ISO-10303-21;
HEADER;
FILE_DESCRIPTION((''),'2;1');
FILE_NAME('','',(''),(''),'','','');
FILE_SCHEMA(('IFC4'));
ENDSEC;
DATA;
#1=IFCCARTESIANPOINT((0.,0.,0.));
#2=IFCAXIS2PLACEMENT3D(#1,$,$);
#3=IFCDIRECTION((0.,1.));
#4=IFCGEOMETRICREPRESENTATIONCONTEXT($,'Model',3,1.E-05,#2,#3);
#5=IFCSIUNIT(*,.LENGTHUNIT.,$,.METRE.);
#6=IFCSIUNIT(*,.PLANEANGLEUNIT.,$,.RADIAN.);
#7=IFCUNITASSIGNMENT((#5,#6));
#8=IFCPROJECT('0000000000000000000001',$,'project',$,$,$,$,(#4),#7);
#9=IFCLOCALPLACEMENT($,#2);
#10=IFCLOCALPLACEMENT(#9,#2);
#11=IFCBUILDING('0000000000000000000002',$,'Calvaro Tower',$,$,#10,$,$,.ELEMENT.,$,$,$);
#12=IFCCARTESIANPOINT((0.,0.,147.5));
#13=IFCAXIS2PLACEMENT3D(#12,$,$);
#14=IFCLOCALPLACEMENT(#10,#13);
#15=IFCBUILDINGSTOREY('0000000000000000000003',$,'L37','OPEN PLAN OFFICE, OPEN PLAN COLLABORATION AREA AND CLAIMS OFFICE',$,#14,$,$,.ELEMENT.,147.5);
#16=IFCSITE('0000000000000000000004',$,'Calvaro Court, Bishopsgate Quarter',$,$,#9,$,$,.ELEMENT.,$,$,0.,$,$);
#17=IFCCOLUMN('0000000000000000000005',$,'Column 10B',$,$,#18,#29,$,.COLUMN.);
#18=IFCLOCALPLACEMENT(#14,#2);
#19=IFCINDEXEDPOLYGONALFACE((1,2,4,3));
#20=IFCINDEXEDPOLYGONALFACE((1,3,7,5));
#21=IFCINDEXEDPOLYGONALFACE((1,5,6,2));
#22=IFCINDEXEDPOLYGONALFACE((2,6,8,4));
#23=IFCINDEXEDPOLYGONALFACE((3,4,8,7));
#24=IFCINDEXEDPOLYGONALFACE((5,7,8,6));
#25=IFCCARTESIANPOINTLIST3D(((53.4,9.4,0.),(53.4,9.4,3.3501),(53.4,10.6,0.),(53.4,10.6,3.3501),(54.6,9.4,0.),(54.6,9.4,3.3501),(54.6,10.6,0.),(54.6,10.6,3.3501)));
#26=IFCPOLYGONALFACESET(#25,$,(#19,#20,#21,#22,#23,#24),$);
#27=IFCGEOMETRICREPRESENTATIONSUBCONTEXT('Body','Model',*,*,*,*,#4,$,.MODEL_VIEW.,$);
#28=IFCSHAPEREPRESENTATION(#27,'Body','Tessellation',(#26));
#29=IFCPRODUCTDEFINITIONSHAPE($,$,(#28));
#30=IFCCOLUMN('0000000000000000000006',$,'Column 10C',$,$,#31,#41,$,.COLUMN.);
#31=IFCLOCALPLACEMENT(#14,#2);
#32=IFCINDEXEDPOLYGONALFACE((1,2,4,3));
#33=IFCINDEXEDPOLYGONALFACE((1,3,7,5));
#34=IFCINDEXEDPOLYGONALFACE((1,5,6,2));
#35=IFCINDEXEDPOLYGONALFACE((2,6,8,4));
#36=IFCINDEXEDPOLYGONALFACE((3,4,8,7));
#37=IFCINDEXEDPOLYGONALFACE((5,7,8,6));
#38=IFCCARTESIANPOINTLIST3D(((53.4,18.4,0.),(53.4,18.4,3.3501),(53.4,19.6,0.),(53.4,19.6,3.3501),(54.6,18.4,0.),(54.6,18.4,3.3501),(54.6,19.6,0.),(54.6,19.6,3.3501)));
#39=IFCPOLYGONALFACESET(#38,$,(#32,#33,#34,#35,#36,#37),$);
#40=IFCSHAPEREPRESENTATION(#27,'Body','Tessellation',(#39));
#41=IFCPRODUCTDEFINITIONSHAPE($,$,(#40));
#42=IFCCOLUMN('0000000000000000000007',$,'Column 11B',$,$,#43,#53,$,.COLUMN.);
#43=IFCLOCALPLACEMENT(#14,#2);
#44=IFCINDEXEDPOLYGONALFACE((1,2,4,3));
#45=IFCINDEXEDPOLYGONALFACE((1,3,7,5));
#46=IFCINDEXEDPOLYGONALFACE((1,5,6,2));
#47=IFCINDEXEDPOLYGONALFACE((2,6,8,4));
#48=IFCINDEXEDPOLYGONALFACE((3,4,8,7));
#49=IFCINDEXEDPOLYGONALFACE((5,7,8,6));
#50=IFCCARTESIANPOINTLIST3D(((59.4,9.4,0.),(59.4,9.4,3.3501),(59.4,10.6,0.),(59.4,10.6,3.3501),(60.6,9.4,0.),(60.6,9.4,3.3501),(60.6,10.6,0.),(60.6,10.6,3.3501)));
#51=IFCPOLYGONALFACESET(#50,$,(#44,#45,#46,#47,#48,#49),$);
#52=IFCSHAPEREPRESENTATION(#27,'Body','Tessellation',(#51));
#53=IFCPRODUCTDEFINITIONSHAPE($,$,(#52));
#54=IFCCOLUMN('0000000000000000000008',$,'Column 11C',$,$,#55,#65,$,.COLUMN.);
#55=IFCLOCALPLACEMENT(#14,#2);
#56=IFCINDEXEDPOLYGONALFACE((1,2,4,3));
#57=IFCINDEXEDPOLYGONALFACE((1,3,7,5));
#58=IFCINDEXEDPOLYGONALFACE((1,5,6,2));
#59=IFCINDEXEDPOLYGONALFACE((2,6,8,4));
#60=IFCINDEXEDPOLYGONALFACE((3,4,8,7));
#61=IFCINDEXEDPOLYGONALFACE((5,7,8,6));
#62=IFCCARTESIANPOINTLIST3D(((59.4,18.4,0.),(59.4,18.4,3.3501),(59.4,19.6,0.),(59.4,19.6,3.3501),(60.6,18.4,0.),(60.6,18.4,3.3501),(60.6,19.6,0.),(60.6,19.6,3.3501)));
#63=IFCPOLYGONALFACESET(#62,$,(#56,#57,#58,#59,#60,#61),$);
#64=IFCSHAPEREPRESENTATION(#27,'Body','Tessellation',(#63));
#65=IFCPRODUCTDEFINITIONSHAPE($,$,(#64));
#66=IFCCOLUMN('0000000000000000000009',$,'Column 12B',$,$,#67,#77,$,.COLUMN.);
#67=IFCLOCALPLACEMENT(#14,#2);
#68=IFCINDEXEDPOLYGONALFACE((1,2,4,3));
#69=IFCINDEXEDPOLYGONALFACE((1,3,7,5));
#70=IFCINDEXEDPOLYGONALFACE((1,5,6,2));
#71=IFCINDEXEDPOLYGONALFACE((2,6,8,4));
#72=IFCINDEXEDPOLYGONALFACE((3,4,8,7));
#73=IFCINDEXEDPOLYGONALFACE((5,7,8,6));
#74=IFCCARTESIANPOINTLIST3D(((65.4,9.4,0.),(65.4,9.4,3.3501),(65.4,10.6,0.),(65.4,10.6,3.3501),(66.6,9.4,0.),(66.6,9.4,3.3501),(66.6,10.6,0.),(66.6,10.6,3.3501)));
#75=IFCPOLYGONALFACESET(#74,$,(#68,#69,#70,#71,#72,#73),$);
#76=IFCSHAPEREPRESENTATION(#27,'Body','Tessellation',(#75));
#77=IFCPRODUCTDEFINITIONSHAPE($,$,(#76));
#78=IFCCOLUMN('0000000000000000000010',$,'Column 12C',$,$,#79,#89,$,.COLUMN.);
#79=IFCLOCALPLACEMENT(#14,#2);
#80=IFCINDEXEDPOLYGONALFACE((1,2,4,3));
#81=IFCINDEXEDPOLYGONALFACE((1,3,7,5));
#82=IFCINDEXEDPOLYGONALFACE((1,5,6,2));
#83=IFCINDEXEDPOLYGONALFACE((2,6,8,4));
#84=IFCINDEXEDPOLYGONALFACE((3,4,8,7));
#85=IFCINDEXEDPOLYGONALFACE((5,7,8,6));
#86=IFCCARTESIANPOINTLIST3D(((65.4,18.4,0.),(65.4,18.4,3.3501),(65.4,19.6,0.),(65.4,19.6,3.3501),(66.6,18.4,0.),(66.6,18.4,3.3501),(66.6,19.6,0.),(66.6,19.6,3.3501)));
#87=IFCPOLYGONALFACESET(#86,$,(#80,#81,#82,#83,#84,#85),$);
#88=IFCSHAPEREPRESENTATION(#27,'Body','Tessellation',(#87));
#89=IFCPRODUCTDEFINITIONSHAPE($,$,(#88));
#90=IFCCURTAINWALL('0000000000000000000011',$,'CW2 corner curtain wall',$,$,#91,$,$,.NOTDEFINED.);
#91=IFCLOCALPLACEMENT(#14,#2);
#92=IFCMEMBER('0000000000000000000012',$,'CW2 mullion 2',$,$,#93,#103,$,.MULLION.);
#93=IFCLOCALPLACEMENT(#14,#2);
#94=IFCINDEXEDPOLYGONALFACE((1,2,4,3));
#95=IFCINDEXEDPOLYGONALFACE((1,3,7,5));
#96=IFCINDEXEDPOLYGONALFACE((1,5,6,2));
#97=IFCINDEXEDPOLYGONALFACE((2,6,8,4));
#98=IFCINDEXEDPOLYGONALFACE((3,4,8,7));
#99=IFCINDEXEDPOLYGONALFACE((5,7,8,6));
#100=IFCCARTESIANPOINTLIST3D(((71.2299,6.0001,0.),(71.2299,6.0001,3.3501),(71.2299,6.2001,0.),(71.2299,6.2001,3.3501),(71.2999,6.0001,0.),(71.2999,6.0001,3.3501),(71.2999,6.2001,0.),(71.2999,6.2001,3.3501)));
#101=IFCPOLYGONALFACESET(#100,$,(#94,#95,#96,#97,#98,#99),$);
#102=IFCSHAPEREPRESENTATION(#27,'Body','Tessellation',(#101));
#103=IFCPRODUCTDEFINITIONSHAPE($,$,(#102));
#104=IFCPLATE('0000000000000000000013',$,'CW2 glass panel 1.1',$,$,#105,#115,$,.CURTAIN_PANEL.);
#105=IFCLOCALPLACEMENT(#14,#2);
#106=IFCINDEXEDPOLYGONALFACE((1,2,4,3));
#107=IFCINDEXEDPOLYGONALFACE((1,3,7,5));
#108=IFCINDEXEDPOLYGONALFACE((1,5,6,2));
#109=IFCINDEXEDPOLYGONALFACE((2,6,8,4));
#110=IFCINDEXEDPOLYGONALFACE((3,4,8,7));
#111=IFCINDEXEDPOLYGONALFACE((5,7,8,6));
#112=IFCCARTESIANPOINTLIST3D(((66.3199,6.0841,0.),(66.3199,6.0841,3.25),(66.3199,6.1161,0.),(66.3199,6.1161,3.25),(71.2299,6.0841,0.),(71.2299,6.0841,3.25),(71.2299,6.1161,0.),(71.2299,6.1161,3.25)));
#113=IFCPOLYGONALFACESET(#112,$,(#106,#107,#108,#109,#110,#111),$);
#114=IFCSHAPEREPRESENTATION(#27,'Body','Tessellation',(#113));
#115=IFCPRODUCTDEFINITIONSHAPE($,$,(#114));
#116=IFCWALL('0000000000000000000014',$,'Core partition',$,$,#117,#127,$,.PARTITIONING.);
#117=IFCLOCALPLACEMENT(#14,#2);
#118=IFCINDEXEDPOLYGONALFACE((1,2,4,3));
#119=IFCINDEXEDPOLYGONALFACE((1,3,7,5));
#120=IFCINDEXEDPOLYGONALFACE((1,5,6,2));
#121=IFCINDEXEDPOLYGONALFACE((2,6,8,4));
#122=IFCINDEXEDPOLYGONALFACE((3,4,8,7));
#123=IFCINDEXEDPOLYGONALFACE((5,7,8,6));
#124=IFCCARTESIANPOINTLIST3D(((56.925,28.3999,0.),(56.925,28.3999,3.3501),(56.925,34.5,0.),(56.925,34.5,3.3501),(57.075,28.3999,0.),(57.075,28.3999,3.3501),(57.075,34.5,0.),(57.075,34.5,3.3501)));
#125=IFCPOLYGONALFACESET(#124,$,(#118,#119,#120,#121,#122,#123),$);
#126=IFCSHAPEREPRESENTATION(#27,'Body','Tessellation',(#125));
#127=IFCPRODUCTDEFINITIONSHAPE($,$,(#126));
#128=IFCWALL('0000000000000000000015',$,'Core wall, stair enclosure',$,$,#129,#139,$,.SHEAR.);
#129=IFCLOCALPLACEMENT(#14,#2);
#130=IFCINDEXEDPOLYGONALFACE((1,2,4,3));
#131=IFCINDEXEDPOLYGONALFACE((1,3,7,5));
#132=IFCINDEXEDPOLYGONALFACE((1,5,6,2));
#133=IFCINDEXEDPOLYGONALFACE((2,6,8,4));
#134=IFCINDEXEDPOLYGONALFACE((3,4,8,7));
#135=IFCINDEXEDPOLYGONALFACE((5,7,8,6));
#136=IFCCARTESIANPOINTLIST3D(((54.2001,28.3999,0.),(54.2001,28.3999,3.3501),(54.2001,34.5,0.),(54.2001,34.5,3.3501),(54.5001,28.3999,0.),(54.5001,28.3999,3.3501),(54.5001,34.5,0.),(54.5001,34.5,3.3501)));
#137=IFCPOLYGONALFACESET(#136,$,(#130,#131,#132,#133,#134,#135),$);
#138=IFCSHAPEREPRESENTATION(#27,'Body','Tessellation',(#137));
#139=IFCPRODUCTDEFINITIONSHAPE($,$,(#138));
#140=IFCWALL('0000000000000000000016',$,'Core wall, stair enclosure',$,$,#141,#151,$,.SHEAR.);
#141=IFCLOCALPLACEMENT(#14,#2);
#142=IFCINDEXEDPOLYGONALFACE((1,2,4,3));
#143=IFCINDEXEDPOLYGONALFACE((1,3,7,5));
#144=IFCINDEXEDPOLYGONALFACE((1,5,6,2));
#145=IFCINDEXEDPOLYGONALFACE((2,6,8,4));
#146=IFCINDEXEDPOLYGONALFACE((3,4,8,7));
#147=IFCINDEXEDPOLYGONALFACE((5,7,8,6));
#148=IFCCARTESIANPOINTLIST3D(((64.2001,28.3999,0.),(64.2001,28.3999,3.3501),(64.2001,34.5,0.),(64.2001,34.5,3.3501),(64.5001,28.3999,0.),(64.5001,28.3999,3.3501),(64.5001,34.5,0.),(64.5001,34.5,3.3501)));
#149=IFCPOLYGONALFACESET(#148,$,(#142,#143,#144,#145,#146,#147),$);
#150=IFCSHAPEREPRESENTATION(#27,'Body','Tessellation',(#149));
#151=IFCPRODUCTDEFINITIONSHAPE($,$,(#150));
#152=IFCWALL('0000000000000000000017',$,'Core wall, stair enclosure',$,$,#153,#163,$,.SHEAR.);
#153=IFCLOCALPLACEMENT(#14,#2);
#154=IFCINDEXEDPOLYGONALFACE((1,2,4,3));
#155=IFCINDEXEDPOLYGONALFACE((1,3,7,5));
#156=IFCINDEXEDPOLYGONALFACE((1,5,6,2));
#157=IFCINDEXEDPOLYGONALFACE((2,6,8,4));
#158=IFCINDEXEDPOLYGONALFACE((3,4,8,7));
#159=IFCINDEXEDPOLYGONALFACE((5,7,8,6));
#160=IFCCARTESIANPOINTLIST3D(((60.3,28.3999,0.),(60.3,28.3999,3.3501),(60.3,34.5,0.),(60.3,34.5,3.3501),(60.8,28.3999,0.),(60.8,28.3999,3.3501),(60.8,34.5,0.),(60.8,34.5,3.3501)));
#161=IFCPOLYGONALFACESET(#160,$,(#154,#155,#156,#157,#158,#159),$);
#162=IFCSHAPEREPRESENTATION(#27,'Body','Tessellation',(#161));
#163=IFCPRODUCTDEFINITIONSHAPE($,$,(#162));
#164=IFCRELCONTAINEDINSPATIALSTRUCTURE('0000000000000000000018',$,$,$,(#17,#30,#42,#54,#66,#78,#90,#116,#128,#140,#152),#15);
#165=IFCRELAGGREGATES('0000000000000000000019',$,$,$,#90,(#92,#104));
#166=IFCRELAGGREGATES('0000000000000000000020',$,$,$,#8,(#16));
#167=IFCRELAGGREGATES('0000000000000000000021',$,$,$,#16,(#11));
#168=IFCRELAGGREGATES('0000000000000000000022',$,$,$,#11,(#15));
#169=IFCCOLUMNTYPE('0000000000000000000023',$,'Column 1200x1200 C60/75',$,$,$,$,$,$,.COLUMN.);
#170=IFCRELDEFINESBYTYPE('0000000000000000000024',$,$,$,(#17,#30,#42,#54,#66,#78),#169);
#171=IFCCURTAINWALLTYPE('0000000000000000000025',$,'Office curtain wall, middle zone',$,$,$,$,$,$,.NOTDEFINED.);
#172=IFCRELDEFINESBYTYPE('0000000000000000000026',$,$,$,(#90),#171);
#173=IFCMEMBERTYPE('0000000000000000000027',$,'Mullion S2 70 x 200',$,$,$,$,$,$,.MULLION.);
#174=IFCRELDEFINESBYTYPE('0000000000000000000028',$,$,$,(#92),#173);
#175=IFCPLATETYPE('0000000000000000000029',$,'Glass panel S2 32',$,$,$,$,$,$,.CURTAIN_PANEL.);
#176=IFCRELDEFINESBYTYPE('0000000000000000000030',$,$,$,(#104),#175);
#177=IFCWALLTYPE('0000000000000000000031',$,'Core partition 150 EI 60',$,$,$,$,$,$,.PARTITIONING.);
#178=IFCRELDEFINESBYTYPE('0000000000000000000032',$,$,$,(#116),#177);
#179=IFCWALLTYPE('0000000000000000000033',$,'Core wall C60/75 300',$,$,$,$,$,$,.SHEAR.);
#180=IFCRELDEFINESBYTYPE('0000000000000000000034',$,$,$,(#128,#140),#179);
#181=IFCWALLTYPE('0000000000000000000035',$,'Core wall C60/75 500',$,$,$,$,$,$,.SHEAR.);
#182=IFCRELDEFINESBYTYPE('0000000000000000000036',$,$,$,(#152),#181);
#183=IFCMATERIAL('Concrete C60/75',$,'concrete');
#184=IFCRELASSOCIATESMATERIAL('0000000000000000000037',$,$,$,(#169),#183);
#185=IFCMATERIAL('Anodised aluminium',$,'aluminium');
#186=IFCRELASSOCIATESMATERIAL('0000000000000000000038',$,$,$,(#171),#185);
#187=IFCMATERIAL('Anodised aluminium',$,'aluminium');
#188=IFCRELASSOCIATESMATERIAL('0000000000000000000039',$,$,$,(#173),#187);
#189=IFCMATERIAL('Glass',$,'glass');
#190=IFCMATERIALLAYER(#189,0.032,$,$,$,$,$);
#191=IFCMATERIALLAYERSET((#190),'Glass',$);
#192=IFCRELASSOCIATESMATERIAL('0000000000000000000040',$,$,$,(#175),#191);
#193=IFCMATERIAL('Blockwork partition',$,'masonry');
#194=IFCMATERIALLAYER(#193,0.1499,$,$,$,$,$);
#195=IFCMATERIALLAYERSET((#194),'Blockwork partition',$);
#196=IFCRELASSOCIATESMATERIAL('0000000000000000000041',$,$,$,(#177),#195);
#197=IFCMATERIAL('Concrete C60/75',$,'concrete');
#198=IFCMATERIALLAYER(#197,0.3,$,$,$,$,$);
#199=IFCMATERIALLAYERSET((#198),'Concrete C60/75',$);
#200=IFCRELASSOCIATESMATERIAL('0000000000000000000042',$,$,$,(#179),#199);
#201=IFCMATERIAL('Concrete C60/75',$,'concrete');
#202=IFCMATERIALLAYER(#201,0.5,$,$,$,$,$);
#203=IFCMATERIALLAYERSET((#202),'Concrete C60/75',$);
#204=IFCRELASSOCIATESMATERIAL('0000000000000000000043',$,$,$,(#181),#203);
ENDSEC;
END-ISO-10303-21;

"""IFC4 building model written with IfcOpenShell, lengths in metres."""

from ifc_helpers import new_model, si_unit, direction, frame, frame_2d, origin, origin_2d, place, context, subcontext, project, spatial, rectangle, extrude, material, layer, layer_set, material_profile, profile_set, type_object, element, aggregate, save


model = new_model("IFC4")

# Units and contexts
model_context = context("Model", 3, precision=1e-05, world=origin(), true_north=direction((0.0, 1.0)))
body_context = subcontext(model_context, "Body", "Model", "MODEL_VIEW")
ifc_project = project(units=[si_unit("LENGTHUNIT", "METRE"), si_unit("PLANEANGLEUNIT", "RADIAN")], contexts=[model_context])

# Site, building, storey
site_placement = place(None, origin())
site = spatial("IfcSite", under=ifc_project, at=site_placement, Name="Calvaro Court, Bishopsgate Quarter", CompositionType="ELEMENT", RefElevation=0.0)
building_placement = place(site_placement, origin())
building = spatial("IfcBuilding", under=site, at=building_placement, Name="Calvaro Tower", CompositionType="ELEMENT")
storey_placement = place(building_placement, frame((0.0, 0.0, 147.5)))
storey = spatial("IfcBuildingStorey", under=building, at=storey_placement, Name="L37", Description="OPEN PLAN OFFICE, OPEN PLAN COLLABORATION AREA AND CLAIMS OFFICE", CompositionType="ELEMENT", Elevation=147.5)

# Columns
ifc_material_1 = material(Name="Concrete C60/75", Category="concrete")
ifc_material_profile_1 = material_profile(ifc_material_1, rectangle(XDim=1.2, YDim=1.2, at=origin_2d()), Name="RC 1200x1200")
ifc_profile_set_1 = profile_set([ifc_material_profile_1], Name="Concrete C60/75")
column_type = type_object("IfcColumnType", Name="Column 1200x1200 C60/75", PredefinedType="COLUMN", material=ifc_profile_set_1)
for number, where, z_axis, x_axis, name in (
    (1, (54.0, 10.0, 0.0), (0.0, 0.0, 1.0), (1.0, 0.0, 0.0), "Column 10B"),
    (2, (54.0, 19.0, 0.0), (0.0, 0.0, 1.0), (1.0, 0.0, 0.0), "Column 10C"),
    (3, (60.0, 10.0, 0.0), (0.0, 0.0, 1.0), (1.0, 0.0, 0.0), "Column 11B"),
    (4, (60.0, 19.0, 0.0), (0.0, 0.0, 1.0), (1.0, 0.0, 0.0), "Column 11C"),
    (5, (66.0, 10.0, 0.0), (0.0, 0.0, 1.0), (1.0, 0.0, 0.0), "Column 12B"),
    (6, (66.0, 19.0, 0.0), (0.0, 0.0, 1.0), (1.0, 0.0, 0.0), "Column 12C"),
):
    element("IfcColumn", number, at=place(storey_placement, frame(where, z_axis=z_axis, x_axis=x_axis)), inside=storey, type_object=column_type, Name=name, PredefinedType="COLUMN", context=body_context, shape_type="SweptSolid", body=[
        extrude(rectangle(XDim=1.2, YDim=1.2, at=origin_2d()), origin(), (0.0, 0.0, 1.0), 3.3501),
    ])

# Curtain wall, member, plate
ifc_material_2 = material(Name="Anodised aluminium", Category="aluminium")
curtain_wall_type = type_object("IfcCurtainWallType", Name="Office curtain wall, middle zone", PredefinedType="NOTDEFINED", material=ifc_material_2)
curtain_wall_placement = place(storey_placement, origin())
curtain_wall = element("IfcCurtainWall", 7, at=curtain_wall_placement, inside=storey, type_object=curtain_wall_type, Name="CW2 corner curtain wall", PredefinedType="NOTDEFINED")
ifc_material_3 = material(Name="Anodised aluminium", Category="aluminium")
ifc_material_profile_2 = material_profile(ifc_material_3, rectangle(XDim=0.2, YDim=0.0701, at=origin_2d()), Name="Mullion S2 70 x 200")
ifc_profile_set_2 = profile_set([ifc_material_profile_2], Name="Anodised aluminium")
member_type = type_object("IfcMemberType", Name="Mullion S2 70 x 200", PredefinedType="MULLION", material=ifc_profile_set_2)
member_placement = place(storey_placement, frame((71.2649, 6.1001, 0.0), z_axis=(0.0, 0.0, 1.0), x_axis=(0.0, 1.0, 0.0)))
member = element("IfcMember", 8, at=member_placement, type_object=member_type, Name="CW2 mullion 2", PredefinedType="MULLION", context=body_context, shape_type="SweptSolid", body=[
    extrude(rectangle(XDim=0.2, YDim=0.0701, at=origin_2d()), origin(), (0.0, 0.0, 1.0), 3.3501),
])
ifc_material_4 = material(Name="Glass", Category="glass")
ifc_layer_1 = layer(ifc_material_4, 0.032)
ifc_layer_set_1 = layer_set([ifc_layer_1], Name="Glass")
plate_type = type_object("IfcPlateType", Name="Glass panel S2 32", PredefinedType="CURTAIN_PANEL", material=ifc_layer_set_1)
plate_placement = place(storey_placement, frame((68.7749, 6.1001, 0.0), z_axis=(0.0, 0.0, 1.0), x_axis=(1.0, 0.0, 0.0)))
plate = element("IfcPlate", 9, at=plate_placement, type_object=plate_type, Name="CW2 glass panel 1.1", PredefinedType="CURTAIN_PANEL", context=body_context, shape_type="SweptSolid", body=[
    extrude(rectangle(XDim=4.9099, YDim=0.032, at=origin_2d()), origin(), (0.0, 0.0, 1.0), 3.25),
])
aggregate(curtain_wall, [member, plate])

# Walls
ifc_material_5 = material(Name="Blockwork partition", Category="masonry")
ifc_layer_2 = layer(ifc_material_5, 0.1499)
ifc_layer_set_2 = layer_set([ifc_layer_2], Name="Blockwork partition")
wall_type_1 = type_object("IfcWallType", Name="Core partition 150 EI 60", PredefinedType="PARTITIONING", material=ifc_layer_set_2)
wall_1_placement = place(storey_placement, frame((57.0, 28.3999, 0.0), z_axis=(0.0, 0.0, 1.0), x_axis=(0.0, 1.0, 0.0)))
element("IfcWall", 10, at=wall_1_placement, inside=storey, type_object=wall_type_1, Name="Core partition", PredefinedType="PARTITIONING", context=body_context, shape_type="SweptSolid", body=[
    extrude(rectangle(XDim=6.1001, YDim=0.1499, at=frame_2d((3.05, 0.0))), origin(), (0.0, 0.0, 1.0), 3.3501),
])
ifc_material_6 = material(Name="Concrete C60/75", Category="concrete")
ifc_layer_3 = layer(ifc_material_6, 0.3)
ifc_layer_set_3 = layer_set([ifc_layer_3], Name="Concrete C60/75")
wall_type_2 = type_object("IfcWallType", Name="Core wall C60/75 300", PredefinedType="SHEAR", material=ifc_layer_set_3)
for number, where, z_axis, x_axis, name in (
    (11, (54.3501, 28.3999, 0.0), (0.0, 0.0, 1.0), (0.0, 1.0, 0.0), "Core wall, stair enclosure"),
    (12, (64.3501, 28.3999, 0.0), (0.0, 0.0, 1.0), (0.0, 1.0, 0.0), "Core wall, stair enclosure"),
):
    element("IfcWall", number, at=place(storey_placement, frame(where, z_axis=z_axis, x_axis=x_axis)), inside=storey, type_object=wall_type_2, Name=name, PredefinedType="SHEAR", context=body_context, shape_type="SweptSolid", body=[
        extrude(rectangle(XDim=6.1001, YDim=0.3, at=frame_2d((3.05, 0.0))), origin(), (0.0, 0.0, 1.0), 3.3501),
    ])
ifc_material_7 = material(Name="Concrete C60/75", Category="concrete")
ifc_layer_4 = layer(ifc_material_7, 0.5)
ifc_layer_set_4 = layer_set([ifc_layer_4], Name="Concrete C60/75")
wall_type_3 = type_object("IfcWallType", Name="Core wall C60/75 500", PredefinedType="SHEAR", material=ifc_layer_set_4)
wall_2_placement = place(storey_placement, frame((60.55, 28.3999, 0.0), z_axis=(0.0, 0.0, 1.0), x_axis=(0.0, 1.0, 0.0)))
element("IfcWall", 13, at=wall_2_placement, inside=storey, type_object=wall_type_3, Name="Core wall, stair enclosure", PredefinedType="SHEAR", context=body_context, shape_type="SweptSolid", body=[
    extrude(rectangle(XDim=6.1001, YDim=0.5, at=frame_2d((3.05, 0.0))), origin(), (0.0, 0.0, 1.0), 3.3501),
])

save(model, "model.ifc")
